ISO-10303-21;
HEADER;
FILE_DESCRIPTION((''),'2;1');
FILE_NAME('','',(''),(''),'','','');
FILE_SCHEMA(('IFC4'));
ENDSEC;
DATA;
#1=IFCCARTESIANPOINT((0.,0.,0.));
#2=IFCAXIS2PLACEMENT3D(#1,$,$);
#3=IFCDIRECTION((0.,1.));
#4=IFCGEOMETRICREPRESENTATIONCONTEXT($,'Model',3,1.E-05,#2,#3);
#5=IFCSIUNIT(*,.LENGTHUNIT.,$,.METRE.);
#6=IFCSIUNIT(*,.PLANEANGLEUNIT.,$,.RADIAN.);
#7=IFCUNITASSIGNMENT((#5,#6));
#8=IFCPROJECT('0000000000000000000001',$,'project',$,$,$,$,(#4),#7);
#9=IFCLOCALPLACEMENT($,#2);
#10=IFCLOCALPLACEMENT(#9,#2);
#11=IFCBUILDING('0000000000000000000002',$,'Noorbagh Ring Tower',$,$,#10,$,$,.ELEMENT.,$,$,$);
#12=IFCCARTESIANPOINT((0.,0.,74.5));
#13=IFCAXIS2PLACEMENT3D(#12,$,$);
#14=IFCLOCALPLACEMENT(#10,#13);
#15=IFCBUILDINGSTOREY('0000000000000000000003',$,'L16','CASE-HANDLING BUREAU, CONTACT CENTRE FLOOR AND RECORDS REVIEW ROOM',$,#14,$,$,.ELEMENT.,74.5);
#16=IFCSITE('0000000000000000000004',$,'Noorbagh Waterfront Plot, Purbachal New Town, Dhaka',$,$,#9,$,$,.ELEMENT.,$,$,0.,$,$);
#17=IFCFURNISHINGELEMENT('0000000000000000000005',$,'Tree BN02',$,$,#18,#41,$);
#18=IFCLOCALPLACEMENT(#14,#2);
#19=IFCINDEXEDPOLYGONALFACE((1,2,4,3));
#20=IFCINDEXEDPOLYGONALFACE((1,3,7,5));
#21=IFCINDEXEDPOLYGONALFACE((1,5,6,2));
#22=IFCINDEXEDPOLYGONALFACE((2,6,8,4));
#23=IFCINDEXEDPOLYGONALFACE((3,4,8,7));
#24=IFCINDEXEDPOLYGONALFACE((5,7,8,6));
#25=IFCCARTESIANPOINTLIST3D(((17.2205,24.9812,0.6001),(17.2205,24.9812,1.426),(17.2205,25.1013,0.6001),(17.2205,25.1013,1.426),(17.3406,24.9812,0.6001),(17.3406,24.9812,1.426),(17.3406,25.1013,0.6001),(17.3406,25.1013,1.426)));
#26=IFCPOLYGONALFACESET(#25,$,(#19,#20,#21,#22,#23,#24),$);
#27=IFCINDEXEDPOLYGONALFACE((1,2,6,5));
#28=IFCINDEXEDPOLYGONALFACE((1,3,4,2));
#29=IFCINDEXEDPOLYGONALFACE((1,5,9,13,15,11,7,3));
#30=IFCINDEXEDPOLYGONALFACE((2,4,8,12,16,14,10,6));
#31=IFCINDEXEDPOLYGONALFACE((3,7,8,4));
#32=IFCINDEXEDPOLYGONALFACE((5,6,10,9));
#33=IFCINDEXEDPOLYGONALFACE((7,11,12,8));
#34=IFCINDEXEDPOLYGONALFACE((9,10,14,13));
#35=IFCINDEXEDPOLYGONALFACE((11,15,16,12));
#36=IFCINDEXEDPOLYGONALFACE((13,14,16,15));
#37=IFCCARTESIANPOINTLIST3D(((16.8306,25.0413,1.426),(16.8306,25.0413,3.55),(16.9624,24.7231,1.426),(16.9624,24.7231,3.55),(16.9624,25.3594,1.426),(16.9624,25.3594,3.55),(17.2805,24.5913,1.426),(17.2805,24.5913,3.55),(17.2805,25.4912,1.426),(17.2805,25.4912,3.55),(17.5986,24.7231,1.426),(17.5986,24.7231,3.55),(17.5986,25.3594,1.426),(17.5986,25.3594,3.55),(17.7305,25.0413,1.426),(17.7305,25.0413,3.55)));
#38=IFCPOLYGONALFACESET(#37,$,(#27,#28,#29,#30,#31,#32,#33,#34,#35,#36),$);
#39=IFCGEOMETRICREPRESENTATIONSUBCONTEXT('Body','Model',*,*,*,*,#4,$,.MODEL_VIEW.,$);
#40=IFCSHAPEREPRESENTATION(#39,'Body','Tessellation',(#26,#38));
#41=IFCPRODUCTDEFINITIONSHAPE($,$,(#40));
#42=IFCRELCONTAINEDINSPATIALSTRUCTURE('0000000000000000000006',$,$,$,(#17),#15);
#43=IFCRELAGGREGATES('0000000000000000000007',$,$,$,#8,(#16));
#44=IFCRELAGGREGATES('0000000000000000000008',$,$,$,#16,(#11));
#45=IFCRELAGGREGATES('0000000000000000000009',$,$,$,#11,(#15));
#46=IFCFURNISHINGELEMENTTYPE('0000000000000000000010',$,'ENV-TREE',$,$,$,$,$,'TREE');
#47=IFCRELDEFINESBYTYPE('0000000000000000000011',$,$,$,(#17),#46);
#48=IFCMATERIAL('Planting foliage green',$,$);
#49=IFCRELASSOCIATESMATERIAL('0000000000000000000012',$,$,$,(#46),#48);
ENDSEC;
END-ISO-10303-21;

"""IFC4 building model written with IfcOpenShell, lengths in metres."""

from ifc_helpers import new_model, si_unit, direction, frame, origin, origin_2d, place, context, subcontext, project, spatial, polyline, rectangle, outline, extrude, material, type_object, element, save


model = new_model("IFC4")

# Units and contexts
model_context = context("Model", 3, precision=1e-05, world=origin(), true_north=direction((0.0, 1.0)))
body_context = subcontext(model_context, "Body", "Model", "MODEL_VIEW")
ifc_project = project(units=[si_unit("LENGTHUNIT", "METRE"), si_unit("PLANEANGLEUNIT", "RADIAN")], contexts=[model_context])

# Site, building, storey
site_placement = place(None, origin())
site = spatial("IfcSite", under=ifc_project, at=site_placement, Name="Noorbagh Waterfront Plot, Purbachal New Town, Dhaka", CompositionType="ELEMENT", RefElevation=0.0)
building_placement = place(site_placement, origin())
building = spatial("IfcBuilding", under=site, at=building_placement, Name="Noorbagh Ring Tower", CompositionType="ELEMENT")
storey_placement = place(building_placement, frame((0.0, 0.0, 74.5)))
storey = spatial("IfcBuildingStorey", under=building, at=storey_placement, Name="L16", Description="CASE-HANDLING BUREAU, CONTACT CENTRE FLOOR AND RECORDS REVIEW ROOM", CompositionType="ELEMENT", Elevation=74.5)

# Furnishing element
ifc_material_1 = material(Name="Planting foliage green")
furnishing_element_type = type_object("IfcFurnishingElementType", Name="ENV-TREE", ElementType="TREE", material=ifc_material_1)
furnishing_placement = place(storey_placement, frame((17.2805, 25.0413, 0.6001), z_axis=(0.0, 0.0, 1.0), x_axis=(1.0, 0.0, 0.0)))
element("IfcFurnishingElement", 1, at=furnishing_placement, inside=storey, type_object=furnishing_element_type, Name="Tree BN02", context=body_context, shape_type="SweptSolid", body=[
    extrude(rectangle(XDim=0.1201, YDim=0.1201, at=origin_2d()), origin(), (0.0, 0.0, 1.0), 0.8259),
    extrude(outline(polyline([(0.45, 0.0), (0.3181, 0.3181), (0.0, 0.45), (-0.3181, 0.3181), (-0.45, 0.0), (-0.3181, -0.3181), (0.0, -0.45), (0.3181, -0.3181), (0.45, 0.0)])), frame((0.0, 0.0, 0.8259)), (0.0, 0.0, 1.0), 2.124),
])

save(model, "model.ifc")
